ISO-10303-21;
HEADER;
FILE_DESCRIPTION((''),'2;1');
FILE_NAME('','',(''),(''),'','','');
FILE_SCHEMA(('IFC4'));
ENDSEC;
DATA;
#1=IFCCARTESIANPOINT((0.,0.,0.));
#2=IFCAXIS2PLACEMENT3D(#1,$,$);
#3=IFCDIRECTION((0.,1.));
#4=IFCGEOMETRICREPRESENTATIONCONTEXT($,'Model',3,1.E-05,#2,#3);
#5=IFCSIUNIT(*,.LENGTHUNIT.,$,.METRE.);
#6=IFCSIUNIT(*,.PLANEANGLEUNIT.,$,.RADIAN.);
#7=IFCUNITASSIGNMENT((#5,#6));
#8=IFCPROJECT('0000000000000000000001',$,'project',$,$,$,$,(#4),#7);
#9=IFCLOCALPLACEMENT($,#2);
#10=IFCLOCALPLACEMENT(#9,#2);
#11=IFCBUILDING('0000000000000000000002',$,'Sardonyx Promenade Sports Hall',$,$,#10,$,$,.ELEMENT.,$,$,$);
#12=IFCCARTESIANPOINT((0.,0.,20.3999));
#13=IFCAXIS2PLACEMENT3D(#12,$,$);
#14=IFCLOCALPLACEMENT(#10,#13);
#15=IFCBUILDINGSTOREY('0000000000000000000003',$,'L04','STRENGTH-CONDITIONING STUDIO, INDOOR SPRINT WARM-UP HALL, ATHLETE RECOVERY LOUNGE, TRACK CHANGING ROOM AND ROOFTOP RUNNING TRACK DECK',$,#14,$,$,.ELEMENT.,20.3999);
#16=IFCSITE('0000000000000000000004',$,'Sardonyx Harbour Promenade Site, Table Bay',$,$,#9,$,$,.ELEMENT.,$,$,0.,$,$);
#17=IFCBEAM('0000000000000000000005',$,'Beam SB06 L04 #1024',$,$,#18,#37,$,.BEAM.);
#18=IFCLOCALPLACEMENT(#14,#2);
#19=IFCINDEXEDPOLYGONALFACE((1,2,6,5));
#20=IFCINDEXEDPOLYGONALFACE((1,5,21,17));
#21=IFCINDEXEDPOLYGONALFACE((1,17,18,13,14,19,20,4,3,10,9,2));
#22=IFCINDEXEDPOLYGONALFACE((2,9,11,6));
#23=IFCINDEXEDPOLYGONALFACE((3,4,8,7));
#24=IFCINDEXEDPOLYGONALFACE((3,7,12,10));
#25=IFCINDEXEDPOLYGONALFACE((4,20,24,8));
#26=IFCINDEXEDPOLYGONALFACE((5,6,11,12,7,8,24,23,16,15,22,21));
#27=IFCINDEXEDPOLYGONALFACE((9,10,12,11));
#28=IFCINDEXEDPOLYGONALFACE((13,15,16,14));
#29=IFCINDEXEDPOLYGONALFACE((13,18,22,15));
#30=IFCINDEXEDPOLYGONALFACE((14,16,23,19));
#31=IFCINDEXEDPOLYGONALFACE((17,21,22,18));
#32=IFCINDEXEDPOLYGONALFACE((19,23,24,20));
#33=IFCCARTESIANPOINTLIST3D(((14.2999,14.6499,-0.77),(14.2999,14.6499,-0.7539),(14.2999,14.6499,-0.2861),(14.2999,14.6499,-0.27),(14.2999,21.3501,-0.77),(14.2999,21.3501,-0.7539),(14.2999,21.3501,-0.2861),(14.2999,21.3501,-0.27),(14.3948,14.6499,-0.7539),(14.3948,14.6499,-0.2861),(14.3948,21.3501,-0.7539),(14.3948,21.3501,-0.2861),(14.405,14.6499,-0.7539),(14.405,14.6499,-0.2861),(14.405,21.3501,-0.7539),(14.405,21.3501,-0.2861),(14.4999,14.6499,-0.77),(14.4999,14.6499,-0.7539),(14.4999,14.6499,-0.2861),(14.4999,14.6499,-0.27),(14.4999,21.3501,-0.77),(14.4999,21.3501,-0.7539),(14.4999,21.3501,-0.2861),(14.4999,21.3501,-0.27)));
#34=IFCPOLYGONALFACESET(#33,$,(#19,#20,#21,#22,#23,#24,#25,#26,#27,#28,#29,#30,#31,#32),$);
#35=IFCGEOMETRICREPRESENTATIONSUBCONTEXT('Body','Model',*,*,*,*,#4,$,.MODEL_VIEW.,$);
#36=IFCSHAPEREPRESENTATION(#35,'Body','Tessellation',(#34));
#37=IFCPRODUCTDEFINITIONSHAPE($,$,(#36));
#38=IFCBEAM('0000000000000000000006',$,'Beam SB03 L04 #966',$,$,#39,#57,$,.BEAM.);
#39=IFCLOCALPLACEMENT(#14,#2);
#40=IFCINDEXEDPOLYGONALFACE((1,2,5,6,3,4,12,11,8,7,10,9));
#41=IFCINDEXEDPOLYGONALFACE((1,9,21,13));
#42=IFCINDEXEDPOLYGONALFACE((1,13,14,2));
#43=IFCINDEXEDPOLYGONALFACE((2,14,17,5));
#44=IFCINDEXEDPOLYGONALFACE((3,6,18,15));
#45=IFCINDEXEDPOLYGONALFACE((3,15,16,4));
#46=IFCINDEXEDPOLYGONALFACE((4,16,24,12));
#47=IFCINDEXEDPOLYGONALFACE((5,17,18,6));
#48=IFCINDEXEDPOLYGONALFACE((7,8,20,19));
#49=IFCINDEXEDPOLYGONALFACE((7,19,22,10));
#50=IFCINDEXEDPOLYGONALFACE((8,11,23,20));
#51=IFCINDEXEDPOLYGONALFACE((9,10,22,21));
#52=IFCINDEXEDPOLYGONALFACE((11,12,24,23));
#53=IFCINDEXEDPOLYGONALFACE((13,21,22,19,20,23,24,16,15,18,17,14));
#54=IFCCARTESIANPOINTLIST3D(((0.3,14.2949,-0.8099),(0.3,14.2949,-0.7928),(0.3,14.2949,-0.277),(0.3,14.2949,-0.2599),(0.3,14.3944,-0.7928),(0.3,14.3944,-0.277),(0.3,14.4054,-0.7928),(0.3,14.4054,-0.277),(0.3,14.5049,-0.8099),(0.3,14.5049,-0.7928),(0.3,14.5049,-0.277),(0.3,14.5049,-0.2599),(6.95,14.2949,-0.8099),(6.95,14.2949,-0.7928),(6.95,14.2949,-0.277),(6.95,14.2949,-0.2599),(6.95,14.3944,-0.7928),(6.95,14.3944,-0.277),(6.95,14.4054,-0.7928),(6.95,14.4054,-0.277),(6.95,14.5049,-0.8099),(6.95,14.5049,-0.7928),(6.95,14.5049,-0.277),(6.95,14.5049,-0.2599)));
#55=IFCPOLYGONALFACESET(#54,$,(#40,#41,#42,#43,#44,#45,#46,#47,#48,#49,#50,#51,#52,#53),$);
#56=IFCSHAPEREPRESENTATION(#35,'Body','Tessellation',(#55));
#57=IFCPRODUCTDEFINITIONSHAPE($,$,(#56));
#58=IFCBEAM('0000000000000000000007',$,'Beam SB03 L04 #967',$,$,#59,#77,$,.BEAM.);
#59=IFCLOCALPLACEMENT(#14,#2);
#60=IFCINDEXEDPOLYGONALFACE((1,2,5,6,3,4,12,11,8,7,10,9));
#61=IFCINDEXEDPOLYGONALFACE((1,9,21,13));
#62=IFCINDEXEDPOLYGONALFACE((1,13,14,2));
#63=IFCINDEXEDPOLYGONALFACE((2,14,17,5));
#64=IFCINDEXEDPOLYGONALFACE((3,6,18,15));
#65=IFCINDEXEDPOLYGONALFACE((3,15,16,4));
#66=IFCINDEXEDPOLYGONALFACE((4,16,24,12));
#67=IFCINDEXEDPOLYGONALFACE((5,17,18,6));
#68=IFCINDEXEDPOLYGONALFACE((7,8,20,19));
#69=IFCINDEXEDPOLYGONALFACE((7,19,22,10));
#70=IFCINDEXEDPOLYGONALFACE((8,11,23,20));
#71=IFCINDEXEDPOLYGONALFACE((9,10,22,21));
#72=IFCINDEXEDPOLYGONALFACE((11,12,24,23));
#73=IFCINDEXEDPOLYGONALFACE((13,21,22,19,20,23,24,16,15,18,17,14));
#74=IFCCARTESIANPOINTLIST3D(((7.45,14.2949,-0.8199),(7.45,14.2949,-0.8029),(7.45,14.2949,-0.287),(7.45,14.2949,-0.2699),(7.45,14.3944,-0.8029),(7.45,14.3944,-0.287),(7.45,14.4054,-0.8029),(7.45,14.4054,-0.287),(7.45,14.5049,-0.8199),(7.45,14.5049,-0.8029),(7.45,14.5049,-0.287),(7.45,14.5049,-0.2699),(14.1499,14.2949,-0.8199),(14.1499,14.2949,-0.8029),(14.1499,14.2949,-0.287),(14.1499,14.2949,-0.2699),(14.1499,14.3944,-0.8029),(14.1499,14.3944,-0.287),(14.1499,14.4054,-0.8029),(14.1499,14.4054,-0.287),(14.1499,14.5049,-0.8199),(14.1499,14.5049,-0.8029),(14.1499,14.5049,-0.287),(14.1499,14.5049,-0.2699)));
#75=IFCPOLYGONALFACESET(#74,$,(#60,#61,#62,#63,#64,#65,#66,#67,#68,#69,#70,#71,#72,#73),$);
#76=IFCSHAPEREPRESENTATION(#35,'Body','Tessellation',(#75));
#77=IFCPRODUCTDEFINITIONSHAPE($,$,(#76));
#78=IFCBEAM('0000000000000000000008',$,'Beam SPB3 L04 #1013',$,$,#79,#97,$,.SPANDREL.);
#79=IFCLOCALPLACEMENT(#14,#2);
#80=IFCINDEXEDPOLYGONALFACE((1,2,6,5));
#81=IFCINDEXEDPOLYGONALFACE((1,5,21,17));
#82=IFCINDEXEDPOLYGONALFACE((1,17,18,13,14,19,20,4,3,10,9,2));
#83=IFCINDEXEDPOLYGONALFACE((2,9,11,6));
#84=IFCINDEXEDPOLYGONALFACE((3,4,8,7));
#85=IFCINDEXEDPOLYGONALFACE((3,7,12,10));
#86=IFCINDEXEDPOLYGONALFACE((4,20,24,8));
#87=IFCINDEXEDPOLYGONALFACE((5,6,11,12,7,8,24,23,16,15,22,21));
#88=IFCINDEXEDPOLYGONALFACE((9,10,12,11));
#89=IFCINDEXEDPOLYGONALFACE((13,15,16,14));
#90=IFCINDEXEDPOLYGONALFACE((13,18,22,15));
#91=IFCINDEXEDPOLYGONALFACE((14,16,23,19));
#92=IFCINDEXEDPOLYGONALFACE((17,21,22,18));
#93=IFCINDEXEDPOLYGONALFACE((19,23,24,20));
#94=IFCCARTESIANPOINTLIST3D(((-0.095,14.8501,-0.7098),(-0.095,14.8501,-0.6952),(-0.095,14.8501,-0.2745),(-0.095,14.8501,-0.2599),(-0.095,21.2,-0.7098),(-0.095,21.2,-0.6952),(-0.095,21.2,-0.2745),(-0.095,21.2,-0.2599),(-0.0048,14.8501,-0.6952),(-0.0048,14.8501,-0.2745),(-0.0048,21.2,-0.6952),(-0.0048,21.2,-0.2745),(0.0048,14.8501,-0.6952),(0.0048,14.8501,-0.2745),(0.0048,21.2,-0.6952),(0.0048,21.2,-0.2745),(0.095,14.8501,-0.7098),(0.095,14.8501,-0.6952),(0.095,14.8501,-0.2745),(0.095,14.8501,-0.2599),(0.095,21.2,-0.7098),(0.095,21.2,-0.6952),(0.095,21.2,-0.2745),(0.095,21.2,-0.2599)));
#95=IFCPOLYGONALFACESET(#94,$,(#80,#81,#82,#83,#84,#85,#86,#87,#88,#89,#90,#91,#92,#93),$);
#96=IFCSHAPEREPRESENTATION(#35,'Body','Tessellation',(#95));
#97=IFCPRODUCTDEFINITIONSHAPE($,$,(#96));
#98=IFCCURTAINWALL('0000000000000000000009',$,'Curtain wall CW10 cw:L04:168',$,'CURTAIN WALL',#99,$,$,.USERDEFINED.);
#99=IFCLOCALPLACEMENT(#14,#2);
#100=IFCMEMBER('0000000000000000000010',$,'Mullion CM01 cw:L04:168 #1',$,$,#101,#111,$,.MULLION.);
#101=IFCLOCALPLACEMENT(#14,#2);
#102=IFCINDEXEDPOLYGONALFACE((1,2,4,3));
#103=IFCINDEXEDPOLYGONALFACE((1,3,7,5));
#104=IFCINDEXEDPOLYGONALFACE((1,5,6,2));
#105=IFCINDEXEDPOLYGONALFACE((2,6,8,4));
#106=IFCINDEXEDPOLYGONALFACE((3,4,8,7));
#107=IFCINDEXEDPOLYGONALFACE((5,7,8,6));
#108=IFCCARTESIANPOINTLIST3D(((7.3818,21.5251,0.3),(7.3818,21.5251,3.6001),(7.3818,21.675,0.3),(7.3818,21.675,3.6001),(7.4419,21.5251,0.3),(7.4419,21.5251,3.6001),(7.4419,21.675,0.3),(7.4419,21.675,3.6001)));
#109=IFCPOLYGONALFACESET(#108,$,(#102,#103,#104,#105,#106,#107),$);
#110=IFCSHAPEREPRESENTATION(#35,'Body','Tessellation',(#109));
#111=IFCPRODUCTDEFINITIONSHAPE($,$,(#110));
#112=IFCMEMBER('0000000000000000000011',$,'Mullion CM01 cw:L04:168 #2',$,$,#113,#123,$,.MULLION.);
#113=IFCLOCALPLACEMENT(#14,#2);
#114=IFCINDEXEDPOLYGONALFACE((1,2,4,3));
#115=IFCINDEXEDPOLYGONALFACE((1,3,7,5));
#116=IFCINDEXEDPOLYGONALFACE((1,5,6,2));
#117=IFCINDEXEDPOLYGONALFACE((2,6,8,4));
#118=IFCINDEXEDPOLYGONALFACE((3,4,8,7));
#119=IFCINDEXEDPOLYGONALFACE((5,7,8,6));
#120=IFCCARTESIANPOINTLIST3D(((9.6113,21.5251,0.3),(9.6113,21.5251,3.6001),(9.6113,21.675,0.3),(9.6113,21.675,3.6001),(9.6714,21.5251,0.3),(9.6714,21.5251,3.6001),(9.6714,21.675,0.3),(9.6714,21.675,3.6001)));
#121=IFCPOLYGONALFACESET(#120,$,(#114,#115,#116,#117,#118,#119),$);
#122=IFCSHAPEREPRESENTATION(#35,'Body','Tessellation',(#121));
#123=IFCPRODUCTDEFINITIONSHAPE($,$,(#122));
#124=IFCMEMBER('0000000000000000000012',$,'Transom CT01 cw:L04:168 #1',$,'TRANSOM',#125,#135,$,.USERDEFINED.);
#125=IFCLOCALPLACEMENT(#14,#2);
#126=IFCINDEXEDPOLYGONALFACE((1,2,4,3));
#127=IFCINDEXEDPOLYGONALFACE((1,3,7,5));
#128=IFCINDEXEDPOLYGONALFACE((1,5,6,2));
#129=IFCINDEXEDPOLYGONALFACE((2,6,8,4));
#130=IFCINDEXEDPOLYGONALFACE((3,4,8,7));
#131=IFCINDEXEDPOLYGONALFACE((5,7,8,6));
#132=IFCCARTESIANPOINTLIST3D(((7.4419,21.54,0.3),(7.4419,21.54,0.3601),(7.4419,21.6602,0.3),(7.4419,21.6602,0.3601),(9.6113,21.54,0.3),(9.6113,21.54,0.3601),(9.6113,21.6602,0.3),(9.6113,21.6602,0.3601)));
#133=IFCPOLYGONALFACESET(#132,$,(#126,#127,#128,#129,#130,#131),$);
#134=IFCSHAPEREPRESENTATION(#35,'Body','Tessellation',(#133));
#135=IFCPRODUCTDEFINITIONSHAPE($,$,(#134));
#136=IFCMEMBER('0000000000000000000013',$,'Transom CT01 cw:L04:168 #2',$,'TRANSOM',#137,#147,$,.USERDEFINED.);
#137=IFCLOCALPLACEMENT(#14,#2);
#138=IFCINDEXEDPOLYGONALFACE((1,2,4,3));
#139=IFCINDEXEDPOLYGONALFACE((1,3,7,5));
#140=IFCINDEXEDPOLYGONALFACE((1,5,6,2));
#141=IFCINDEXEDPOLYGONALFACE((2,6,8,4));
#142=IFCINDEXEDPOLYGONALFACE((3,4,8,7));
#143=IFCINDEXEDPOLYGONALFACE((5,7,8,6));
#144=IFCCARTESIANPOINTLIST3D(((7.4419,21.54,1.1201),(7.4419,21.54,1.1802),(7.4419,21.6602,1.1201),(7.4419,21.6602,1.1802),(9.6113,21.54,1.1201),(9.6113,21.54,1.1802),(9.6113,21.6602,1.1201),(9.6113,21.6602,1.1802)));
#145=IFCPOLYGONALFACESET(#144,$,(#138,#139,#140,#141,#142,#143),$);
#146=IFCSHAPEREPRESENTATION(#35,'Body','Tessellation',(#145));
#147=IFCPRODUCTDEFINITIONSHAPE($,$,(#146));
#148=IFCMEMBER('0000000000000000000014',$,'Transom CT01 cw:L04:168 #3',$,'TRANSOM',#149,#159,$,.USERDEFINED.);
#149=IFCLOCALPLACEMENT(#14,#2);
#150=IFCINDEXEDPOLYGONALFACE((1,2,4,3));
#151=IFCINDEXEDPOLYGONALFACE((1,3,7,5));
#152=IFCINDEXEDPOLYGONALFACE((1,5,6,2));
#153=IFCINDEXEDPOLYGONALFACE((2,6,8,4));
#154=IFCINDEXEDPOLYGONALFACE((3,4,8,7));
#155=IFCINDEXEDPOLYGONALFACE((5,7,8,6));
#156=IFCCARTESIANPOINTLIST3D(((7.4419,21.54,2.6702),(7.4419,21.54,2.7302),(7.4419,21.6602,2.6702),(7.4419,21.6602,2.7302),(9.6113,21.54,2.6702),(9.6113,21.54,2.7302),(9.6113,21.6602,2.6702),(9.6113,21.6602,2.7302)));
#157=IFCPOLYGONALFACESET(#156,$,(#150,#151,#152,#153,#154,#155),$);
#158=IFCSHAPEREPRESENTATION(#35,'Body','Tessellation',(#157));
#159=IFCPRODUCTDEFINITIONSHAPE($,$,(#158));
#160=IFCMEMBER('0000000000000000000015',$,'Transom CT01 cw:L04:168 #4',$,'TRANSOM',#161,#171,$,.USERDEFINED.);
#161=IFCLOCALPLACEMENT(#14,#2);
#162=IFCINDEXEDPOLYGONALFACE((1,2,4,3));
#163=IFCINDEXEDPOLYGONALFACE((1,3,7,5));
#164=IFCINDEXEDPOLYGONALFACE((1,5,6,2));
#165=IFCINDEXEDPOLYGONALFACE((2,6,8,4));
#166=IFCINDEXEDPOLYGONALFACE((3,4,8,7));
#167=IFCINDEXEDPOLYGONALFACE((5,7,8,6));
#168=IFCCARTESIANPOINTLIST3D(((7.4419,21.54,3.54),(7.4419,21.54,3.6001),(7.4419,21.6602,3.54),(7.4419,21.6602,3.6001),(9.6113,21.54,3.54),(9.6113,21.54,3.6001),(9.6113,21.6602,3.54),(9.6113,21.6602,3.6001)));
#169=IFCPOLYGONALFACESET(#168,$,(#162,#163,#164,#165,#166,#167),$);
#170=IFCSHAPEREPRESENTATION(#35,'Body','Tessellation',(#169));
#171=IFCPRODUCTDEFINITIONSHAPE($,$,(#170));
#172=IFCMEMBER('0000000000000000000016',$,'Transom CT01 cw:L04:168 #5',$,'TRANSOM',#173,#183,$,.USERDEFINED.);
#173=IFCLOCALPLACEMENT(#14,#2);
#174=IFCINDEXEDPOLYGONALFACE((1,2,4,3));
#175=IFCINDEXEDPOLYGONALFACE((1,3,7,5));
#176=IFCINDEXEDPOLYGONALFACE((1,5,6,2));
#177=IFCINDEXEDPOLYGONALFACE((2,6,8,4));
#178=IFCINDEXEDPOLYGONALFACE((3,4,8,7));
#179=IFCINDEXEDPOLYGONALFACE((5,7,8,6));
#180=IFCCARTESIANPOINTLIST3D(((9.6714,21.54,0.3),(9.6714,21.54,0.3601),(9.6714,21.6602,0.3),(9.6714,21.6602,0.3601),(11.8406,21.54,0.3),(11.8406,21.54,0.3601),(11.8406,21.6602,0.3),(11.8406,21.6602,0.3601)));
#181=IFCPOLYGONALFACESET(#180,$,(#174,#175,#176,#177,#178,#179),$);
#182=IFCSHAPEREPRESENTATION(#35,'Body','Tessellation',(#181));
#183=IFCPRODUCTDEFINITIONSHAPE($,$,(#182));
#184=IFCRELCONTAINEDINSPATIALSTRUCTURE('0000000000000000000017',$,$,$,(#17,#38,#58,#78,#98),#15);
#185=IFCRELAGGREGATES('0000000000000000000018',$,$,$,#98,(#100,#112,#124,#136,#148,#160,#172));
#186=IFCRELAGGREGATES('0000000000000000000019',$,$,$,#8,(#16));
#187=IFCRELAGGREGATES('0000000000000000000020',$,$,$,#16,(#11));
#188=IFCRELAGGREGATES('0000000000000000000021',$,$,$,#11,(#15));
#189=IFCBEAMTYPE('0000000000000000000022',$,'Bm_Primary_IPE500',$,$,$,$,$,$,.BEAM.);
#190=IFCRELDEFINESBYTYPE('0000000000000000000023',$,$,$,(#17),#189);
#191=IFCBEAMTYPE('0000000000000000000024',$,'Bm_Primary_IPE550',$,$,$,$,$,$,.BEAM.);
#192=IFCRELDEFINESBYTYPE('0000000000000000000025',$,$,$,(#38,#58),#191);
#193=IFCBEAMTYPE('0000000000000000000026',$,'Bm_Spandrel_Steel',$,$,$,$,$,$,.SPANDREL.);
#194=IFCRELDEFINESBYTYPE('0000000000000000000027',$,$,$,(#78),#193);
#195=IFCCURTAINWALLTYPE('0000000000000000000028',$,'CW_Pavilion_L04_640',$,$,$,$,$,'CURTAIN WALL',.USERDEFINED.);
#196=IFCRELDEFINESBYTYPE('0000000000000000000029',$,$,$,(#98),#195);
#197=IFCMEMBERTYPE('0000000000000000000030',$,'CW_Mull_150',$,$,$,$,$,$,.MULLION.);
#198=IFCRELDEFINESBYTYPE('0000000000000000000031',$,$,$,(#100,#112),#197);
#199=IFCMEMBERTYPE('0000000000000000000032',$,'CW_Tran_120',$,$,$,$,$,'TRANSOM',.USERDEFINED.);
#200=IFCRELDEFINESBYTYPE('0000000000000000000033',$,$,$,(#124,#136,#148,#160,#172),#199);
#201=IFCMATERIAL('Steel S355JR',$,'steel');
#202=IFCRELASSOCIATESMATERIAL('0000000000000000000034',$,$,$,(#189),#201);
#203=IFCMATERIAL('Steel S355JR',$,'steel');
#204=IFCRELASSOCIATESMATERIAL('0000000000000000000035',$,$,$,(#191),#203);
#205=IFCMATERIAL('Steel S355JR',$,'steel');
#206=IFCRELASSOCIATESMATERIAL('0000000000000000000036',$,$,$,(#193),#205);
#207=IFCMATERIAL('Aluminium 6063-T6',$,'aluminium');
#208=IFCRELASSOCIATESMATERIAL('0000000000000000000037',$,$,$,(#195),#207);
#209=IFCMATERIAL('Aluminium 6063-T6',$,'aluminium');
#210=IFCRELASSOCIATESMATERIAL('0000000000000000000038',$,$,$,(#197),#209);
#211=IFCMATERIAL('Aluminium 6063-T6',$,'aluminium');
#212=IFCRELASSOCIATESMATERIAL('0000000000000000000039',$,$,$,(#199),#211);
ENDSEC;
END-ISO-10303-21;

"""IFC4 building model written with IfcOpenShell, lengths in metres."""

from ifc_helpers import new_model, si_unit, direction, frame, origin, origin_2d, place, context, subcontext, project, spatial, rectangle, i_section, extrude, material, material_profile, profile_set, type_object, element, aggregate, save


model = new_model("IFC4")

# Units and contexts
model_context = context("Model", 3, precision=1e-05, world=origin(), true_north=direction((0.0, 1.0)))
body_context = subcontext(model_context, "Body", "Model", "MODEL_VIEW")
ifc_project = project(units=[si_unit("LENGTHUNIT", "METRE"), si_unit("PLANEANGLEUNIT", "RADIAN")], contexts=[model_context])

# Site, building, storey
site_placement = place(None, origin())
site = spatial("IfcSite", under=ifc_project, at=site_placement, Name="Sardonyx Harbour Promenade Site, Table Bay", CompositionType="ELEMENT", RefElevation=0.0)
building_placement = place(site_placement, origin())
building = spatial("IfcBuilding", under=site, at=building_placement, Name="Sardonyx Promenade Sports Hall", CompositionType="ELEMENT")
storey_placement = place(building_placement, frame((0.0, 0.0, 20.3999)))
storey = spatial("IfcBuildingStorey", under=building, at=storey_placement, Name="L04", Description="STRENGTH-CONDITIONING STUDIO, INDOOR SPRINT WARM-UP HALL, ATHLETE RECOVERY LOUNGE, TRACK CHANGING ROOM AND ROOFTOP RUNNING TRACK DECK", CompositionType="ELEMENT", Elevation=20.3999)

# Beams
ifc_material_1 = material(Name="Steel S355JR", Category="steel")
ifc_material_profile_1 = material_profile(ifc_material_1, i_section(OverallWidth=0.2, OverallDepth=0.5, WebThickness=0.0103, FlangeThickness=0.0161, at=origin_2d()))
ifc_profile_set_1 = profile_set([ifc_material_profile_1], Name="Steel S355JR")
beam_type_1 = type_object("IfcBeamType", Name="Bm_Primary_IPE500", PredefinedType="BEAM", material=ifc_profile_set_1)
for number, where, z_axis, x_axis, name in (
    (1, (14.3999, 14.6499, -0.52), (0.0, 1.0, 0.0), (-1.0, 0.0, 0.0), "Beam SB06 L04 #1024"),
):
    element("IfcBeam", number, at=place(storey_placement, frame(where, z_axis=z_axis, x_axis=x_axis)), inside=storey, type_object=beam_type_1, Name=name, PredefinedType="BEAM", context=body_context, shape_type="SweptSolid", body=[
        extrude(i_section(OverallWidth=0.2, OverallDepth=0.5, WebThickness=0.0103, FlangeThickness=0.0161, at=origin_2d()), origin(), (0.0, 0.0, 1.0), 6.7002),
    ])
ifc_material_2 = material(Name="Steel S355JR", Category="steel")
ifc_material_profile_2 = material_profile(ifc_material_2, i_section(OverallWidth=0.21, OverallDepth=0.55, WebThickness=0.011, FlangeThickness=0.0171, at=origin_2d()))
ifc_profile_set_2 = profile_set([ifc_material_profile_2], Name="Steel S355JR")
beam_type_2 = type_object("IfcBeamType", Name="Bm_Primary_IPE550", PredefinedType="BEAM", material=ifc_profile_set_2)
beam_1_placement = place(storey_placement, frame((0.3, 14.3999, -0.5349), z_axis=(1.0, 0.0, 0.0), x_axis=(0.0, 1.0, 0.0)))
element("IfcBeam", 2, at=beam_1_placement, inside=storey, type_object=beam_type_2, Name="Beam SB03 L04 #966", PredefinedType="BEAM", context=body_context, shape_type="SweptSolid", body=[
    extrude(i_section(OverallWidth=0.21, OverallDepth=0.55, WebThickness=0.011, FlangeThickness=0.0171, at=origin_2d()), origin(), (0.0, 0.0, 1.0), 6.6499),
])
beam_2_placement = place(storey_placement, frame((7.45, 14.3999, -0.5449), z_axis=(1.0, 0.0, 0.0), x_axis=(0.0, 1.0, 0.0)))
element("IfcBeam", 3, at=beam_2_placement, inside=storey, type_object=beam_type_2, Name="Beam SB03 L04 #967", PredefinedType="BEAM", context=body_context, shape_type="SweptSolid", body=[
    extrude(i_section(OverallWidth=0.21, OverallDepth=0.55, WebThickness=0.011, FlangeThickness=0.0171, at=origin_2d()), origin(), (0.0, 0.0, 1.0), 6.7),
])
ifc_material_3 = material(Name="Steel S355JR", Category="steel")
ifc_material_profile_3 = material_profile(ifc_material_3, i_section(OverallWidth=0.1899, OverallDepth=0.45, WebThickness=0.0095, FlangeThickness=0.0146, at=origin_2d()))
ifc_profile_set_3 = profile_set([ifc_material_profile_3], Name="Steel S355JR")
beam_type_3 = type_object("IfcBeamType", Name="Bm_Spandrel_Steel", PredefinedType="SPANDREL", material=ifc_profile_set_3)
beam_3_placement = place(storey_placement, frame((0.0, 14.8501, -0.4849), z_axis=(0.0, 1.0, 0.0), x_axis=(-1.0, 0.0, 0.0)))
element("IfcBeam", 4, at=beam_3_placement, inside=storey, type_object=beam_type_3, Name="Beam SPB3 L04 #1013", PredefinedType="SPANDREL", context=body_context, shape_type="SweptSolid", body=[
    extrude(i_section(OverallWidth=0.1899, OverallDepth=0.45, WebThickness=0.0095, FlangeThickness=0.0146, at=origin_2d()), origin(), (0.0, 0.0, 1.0), 6.3499),
])

# Curtain wall, members
ifc_material_4 = material(Name="Aluminium 6063-T6", Category="aluminium")
curtain_wall_type = type_object("IfcCurtainWallType", Name="CW_Pavilion_L04_640", ElementType="CURTAIN WALL", PredefinedType="USERDEFINED", material=ifc_material_4)
curtain_wall_placement = place(storey_placement, origin())
curtain_wall = element("IfcCurtainWall", 5, at=curtain_wall_placement, inside=storey, type_object=curtain_wall_type, Name="Curtain wall CW10 cw:L04:168", ObjectType="CURTAIN WALL", PredefinedType="USERDEFINED")
ifc_material_5 = material(Name="Aluminium 6063-T6", Category="aluminium")
ifc_material_profile_4 = material_profile(ifc_material_5, rectangle(XDim=0.0601, YDim=0.1499, at=origin_2d()))
ifc_profile_set_4 = profile_set([ifc_material_profile_4], Name="Aluminium 6063-T6")
member_type_1 = type_object("IfcMemberType", Name="CW_Mull_150", PredefinedType="MULLION", material=ifc_profile_set_4)
member_1_placement = place(storey_placement, frame((7.4119, 21.6001, 0.3), z_axis=(0.0, 0.0, 1.0), x_axis=(1.0, 0.0, 0.0)))
member_1 = element("IfcMember", 6, at=member_1_placement, type_object=member_type_1, Name="Mullion CM01 cw:L04:168 #1", PredefinedType="MULLION", context=body_context, shape_type="SweptSolid", body=[
    extrude(rectangle(XDim=0.0601, YDim=0.1499, at=origin_2d()), origin(), (0.0, 0.0, 1.0), 3.3),
])
member_2_placement = place(storey_placement, frame((9.6414, 21.6001, 0.3), z_axis=(0.0, 0.0, 1.0), x_axis=(1.0, 0.0, 0.0)))
member_2 = element("IfcMember", 7, at=member_2_placement, type_object=member_type_1, Name="Mullion CM01 cw:L04:168 #2", PredefinedType="MULLION", context=body_context, shape_type="SweptSolid", body=[
    extrude(rectangle(XDim=0.0601, YDim=0.1499, at=origin_2d()), origin(), (0.0, 0.0, 1.0), 3.3),
])
ifc_material_6 = material(Name="Aluminium 6063-T6", Category="aluminium")
ifc_material_profile_5 = material_profile(ifc_material_6, rectangle(XDim=0.0601, YDim=0.1201, at=origin_2d()))
ifc_profile_set_5 = profile_set([ifc_material_profile_5], Name="Aluminium 6063-T6")
member_type_2 = type_object("IfcMemberType", Name="CW_Tran_120", ElementType="TRANSOM", PredefinedType="USERDEFINED", material=ifc_profile_set_5)
member_3_placement = place(storey_placement, frame((7.4419, 21.6001, 0.3301), z_axis=(1.0, 0.0, 0.0), x_axis=(0.0, 0.0, 1.0)))
member_3 = element("IfcMember", 8, at=member_3_placement, type_object=member_type_2, Name="Transom CT01 cw:L04:168 #1", ObjectType="TRANSOM", PredefinedType="USERDEFINED", context=body_context, shape_type="SweptSolid", body=[
    extrude(rectangle(XDim=0.0601, YDim=0.1201, at=origin_2d()), origin(), (0.0, 0.0, 1.0), 2.1694),
])
member_4_placement = place(storey_placement, frame((7.4419, 21.6001, 1.1501), z_axis=(1.0, 0.0, 0.0), x_axis=(0.0, 0.0, 1.0)))
member_4 = element("IfcMember", 9, at=member_4_placement, type_object=member_type_2, Name="Transom CT01 cw:L04:168 #2", ObjectType="TRANSOM", PredefinedType="USERDEFINED", context=body_context, shape_type="SweptSolid", body=[
    extrude(rectangle(XDim=0.0601, YDim=0.1201, at=origin_2d()), origin(), (0.0, 0.0, 1.0), 2.1694),
])
member_5_placement = place(storey_placement, frame((7.4419, 21.6001, 2.7002), z_axis=(1.0, 0.0, 0.0), x_axis=(0.0, 0.0, 1.0)))
member_5 = element("IfcMember", 10, at=member_5_placement, type_object=member_type_2, Name="Transom CT01 cw:L04:168 #3", ObjectType="TRANSOM", PredefinedType="USERDEFINED", context=body_context, shape_type="SweptSolid", body=[
    extrude(rectangle(XDim=0.0601, YDim=0.1201, at=origin_2d()), origin(), (0.0, 0.0, 1.0), 2.1694),
])
member_6_placement = place(storey_placement, frame((7.4419, 21.6001, 3.5701), z_axis=(1.0, 0.0, 0.0), x_axis=(0.0, 0.0, 1.0)))
member_6 = element("IfcMember", 11, at=member_6_placement, type_object=member_type_2, Name="Transom CT01 cw:L04:168 #4", ObjectType="TRANSOM", PredefinedType="USERDEFINED", context=body_context, shape_type="SweptSolid", body=[
    extrude(rectangle(XDim=0.0601, YDim=0.1201, at=origin_2d()), origin(), (0.0, 0.0, 1.0), 2.1694),
])
member_7_placement = place(storey_placement, frame((9.6714, 21.6001, 0.3301), z_axis=(1.0, 0.0, 0.0), x_axis=(0.0, 0.0, 1.0)))
member_7 = element("IfcMember", 12, at=member_7_placement, type_object=member_type_2, Name="Transom CT01 cw:L04:168 #5", ObjectType="TRANSOM", PredefinedType="USERDEFINED", context=body_context, shape_type="SweptSolid", body=[
    extrude(rectangle(XDim=0.0601, YDim=0.1201, at=origin_2d()), origin(), (0.0, 0.0, 1.0), 2.1692),
])

aggregate(curtain_wall, [member_1, member_2, member_3, member_4, member_5, member_6, member_7])

save(model, "model.ifc")
